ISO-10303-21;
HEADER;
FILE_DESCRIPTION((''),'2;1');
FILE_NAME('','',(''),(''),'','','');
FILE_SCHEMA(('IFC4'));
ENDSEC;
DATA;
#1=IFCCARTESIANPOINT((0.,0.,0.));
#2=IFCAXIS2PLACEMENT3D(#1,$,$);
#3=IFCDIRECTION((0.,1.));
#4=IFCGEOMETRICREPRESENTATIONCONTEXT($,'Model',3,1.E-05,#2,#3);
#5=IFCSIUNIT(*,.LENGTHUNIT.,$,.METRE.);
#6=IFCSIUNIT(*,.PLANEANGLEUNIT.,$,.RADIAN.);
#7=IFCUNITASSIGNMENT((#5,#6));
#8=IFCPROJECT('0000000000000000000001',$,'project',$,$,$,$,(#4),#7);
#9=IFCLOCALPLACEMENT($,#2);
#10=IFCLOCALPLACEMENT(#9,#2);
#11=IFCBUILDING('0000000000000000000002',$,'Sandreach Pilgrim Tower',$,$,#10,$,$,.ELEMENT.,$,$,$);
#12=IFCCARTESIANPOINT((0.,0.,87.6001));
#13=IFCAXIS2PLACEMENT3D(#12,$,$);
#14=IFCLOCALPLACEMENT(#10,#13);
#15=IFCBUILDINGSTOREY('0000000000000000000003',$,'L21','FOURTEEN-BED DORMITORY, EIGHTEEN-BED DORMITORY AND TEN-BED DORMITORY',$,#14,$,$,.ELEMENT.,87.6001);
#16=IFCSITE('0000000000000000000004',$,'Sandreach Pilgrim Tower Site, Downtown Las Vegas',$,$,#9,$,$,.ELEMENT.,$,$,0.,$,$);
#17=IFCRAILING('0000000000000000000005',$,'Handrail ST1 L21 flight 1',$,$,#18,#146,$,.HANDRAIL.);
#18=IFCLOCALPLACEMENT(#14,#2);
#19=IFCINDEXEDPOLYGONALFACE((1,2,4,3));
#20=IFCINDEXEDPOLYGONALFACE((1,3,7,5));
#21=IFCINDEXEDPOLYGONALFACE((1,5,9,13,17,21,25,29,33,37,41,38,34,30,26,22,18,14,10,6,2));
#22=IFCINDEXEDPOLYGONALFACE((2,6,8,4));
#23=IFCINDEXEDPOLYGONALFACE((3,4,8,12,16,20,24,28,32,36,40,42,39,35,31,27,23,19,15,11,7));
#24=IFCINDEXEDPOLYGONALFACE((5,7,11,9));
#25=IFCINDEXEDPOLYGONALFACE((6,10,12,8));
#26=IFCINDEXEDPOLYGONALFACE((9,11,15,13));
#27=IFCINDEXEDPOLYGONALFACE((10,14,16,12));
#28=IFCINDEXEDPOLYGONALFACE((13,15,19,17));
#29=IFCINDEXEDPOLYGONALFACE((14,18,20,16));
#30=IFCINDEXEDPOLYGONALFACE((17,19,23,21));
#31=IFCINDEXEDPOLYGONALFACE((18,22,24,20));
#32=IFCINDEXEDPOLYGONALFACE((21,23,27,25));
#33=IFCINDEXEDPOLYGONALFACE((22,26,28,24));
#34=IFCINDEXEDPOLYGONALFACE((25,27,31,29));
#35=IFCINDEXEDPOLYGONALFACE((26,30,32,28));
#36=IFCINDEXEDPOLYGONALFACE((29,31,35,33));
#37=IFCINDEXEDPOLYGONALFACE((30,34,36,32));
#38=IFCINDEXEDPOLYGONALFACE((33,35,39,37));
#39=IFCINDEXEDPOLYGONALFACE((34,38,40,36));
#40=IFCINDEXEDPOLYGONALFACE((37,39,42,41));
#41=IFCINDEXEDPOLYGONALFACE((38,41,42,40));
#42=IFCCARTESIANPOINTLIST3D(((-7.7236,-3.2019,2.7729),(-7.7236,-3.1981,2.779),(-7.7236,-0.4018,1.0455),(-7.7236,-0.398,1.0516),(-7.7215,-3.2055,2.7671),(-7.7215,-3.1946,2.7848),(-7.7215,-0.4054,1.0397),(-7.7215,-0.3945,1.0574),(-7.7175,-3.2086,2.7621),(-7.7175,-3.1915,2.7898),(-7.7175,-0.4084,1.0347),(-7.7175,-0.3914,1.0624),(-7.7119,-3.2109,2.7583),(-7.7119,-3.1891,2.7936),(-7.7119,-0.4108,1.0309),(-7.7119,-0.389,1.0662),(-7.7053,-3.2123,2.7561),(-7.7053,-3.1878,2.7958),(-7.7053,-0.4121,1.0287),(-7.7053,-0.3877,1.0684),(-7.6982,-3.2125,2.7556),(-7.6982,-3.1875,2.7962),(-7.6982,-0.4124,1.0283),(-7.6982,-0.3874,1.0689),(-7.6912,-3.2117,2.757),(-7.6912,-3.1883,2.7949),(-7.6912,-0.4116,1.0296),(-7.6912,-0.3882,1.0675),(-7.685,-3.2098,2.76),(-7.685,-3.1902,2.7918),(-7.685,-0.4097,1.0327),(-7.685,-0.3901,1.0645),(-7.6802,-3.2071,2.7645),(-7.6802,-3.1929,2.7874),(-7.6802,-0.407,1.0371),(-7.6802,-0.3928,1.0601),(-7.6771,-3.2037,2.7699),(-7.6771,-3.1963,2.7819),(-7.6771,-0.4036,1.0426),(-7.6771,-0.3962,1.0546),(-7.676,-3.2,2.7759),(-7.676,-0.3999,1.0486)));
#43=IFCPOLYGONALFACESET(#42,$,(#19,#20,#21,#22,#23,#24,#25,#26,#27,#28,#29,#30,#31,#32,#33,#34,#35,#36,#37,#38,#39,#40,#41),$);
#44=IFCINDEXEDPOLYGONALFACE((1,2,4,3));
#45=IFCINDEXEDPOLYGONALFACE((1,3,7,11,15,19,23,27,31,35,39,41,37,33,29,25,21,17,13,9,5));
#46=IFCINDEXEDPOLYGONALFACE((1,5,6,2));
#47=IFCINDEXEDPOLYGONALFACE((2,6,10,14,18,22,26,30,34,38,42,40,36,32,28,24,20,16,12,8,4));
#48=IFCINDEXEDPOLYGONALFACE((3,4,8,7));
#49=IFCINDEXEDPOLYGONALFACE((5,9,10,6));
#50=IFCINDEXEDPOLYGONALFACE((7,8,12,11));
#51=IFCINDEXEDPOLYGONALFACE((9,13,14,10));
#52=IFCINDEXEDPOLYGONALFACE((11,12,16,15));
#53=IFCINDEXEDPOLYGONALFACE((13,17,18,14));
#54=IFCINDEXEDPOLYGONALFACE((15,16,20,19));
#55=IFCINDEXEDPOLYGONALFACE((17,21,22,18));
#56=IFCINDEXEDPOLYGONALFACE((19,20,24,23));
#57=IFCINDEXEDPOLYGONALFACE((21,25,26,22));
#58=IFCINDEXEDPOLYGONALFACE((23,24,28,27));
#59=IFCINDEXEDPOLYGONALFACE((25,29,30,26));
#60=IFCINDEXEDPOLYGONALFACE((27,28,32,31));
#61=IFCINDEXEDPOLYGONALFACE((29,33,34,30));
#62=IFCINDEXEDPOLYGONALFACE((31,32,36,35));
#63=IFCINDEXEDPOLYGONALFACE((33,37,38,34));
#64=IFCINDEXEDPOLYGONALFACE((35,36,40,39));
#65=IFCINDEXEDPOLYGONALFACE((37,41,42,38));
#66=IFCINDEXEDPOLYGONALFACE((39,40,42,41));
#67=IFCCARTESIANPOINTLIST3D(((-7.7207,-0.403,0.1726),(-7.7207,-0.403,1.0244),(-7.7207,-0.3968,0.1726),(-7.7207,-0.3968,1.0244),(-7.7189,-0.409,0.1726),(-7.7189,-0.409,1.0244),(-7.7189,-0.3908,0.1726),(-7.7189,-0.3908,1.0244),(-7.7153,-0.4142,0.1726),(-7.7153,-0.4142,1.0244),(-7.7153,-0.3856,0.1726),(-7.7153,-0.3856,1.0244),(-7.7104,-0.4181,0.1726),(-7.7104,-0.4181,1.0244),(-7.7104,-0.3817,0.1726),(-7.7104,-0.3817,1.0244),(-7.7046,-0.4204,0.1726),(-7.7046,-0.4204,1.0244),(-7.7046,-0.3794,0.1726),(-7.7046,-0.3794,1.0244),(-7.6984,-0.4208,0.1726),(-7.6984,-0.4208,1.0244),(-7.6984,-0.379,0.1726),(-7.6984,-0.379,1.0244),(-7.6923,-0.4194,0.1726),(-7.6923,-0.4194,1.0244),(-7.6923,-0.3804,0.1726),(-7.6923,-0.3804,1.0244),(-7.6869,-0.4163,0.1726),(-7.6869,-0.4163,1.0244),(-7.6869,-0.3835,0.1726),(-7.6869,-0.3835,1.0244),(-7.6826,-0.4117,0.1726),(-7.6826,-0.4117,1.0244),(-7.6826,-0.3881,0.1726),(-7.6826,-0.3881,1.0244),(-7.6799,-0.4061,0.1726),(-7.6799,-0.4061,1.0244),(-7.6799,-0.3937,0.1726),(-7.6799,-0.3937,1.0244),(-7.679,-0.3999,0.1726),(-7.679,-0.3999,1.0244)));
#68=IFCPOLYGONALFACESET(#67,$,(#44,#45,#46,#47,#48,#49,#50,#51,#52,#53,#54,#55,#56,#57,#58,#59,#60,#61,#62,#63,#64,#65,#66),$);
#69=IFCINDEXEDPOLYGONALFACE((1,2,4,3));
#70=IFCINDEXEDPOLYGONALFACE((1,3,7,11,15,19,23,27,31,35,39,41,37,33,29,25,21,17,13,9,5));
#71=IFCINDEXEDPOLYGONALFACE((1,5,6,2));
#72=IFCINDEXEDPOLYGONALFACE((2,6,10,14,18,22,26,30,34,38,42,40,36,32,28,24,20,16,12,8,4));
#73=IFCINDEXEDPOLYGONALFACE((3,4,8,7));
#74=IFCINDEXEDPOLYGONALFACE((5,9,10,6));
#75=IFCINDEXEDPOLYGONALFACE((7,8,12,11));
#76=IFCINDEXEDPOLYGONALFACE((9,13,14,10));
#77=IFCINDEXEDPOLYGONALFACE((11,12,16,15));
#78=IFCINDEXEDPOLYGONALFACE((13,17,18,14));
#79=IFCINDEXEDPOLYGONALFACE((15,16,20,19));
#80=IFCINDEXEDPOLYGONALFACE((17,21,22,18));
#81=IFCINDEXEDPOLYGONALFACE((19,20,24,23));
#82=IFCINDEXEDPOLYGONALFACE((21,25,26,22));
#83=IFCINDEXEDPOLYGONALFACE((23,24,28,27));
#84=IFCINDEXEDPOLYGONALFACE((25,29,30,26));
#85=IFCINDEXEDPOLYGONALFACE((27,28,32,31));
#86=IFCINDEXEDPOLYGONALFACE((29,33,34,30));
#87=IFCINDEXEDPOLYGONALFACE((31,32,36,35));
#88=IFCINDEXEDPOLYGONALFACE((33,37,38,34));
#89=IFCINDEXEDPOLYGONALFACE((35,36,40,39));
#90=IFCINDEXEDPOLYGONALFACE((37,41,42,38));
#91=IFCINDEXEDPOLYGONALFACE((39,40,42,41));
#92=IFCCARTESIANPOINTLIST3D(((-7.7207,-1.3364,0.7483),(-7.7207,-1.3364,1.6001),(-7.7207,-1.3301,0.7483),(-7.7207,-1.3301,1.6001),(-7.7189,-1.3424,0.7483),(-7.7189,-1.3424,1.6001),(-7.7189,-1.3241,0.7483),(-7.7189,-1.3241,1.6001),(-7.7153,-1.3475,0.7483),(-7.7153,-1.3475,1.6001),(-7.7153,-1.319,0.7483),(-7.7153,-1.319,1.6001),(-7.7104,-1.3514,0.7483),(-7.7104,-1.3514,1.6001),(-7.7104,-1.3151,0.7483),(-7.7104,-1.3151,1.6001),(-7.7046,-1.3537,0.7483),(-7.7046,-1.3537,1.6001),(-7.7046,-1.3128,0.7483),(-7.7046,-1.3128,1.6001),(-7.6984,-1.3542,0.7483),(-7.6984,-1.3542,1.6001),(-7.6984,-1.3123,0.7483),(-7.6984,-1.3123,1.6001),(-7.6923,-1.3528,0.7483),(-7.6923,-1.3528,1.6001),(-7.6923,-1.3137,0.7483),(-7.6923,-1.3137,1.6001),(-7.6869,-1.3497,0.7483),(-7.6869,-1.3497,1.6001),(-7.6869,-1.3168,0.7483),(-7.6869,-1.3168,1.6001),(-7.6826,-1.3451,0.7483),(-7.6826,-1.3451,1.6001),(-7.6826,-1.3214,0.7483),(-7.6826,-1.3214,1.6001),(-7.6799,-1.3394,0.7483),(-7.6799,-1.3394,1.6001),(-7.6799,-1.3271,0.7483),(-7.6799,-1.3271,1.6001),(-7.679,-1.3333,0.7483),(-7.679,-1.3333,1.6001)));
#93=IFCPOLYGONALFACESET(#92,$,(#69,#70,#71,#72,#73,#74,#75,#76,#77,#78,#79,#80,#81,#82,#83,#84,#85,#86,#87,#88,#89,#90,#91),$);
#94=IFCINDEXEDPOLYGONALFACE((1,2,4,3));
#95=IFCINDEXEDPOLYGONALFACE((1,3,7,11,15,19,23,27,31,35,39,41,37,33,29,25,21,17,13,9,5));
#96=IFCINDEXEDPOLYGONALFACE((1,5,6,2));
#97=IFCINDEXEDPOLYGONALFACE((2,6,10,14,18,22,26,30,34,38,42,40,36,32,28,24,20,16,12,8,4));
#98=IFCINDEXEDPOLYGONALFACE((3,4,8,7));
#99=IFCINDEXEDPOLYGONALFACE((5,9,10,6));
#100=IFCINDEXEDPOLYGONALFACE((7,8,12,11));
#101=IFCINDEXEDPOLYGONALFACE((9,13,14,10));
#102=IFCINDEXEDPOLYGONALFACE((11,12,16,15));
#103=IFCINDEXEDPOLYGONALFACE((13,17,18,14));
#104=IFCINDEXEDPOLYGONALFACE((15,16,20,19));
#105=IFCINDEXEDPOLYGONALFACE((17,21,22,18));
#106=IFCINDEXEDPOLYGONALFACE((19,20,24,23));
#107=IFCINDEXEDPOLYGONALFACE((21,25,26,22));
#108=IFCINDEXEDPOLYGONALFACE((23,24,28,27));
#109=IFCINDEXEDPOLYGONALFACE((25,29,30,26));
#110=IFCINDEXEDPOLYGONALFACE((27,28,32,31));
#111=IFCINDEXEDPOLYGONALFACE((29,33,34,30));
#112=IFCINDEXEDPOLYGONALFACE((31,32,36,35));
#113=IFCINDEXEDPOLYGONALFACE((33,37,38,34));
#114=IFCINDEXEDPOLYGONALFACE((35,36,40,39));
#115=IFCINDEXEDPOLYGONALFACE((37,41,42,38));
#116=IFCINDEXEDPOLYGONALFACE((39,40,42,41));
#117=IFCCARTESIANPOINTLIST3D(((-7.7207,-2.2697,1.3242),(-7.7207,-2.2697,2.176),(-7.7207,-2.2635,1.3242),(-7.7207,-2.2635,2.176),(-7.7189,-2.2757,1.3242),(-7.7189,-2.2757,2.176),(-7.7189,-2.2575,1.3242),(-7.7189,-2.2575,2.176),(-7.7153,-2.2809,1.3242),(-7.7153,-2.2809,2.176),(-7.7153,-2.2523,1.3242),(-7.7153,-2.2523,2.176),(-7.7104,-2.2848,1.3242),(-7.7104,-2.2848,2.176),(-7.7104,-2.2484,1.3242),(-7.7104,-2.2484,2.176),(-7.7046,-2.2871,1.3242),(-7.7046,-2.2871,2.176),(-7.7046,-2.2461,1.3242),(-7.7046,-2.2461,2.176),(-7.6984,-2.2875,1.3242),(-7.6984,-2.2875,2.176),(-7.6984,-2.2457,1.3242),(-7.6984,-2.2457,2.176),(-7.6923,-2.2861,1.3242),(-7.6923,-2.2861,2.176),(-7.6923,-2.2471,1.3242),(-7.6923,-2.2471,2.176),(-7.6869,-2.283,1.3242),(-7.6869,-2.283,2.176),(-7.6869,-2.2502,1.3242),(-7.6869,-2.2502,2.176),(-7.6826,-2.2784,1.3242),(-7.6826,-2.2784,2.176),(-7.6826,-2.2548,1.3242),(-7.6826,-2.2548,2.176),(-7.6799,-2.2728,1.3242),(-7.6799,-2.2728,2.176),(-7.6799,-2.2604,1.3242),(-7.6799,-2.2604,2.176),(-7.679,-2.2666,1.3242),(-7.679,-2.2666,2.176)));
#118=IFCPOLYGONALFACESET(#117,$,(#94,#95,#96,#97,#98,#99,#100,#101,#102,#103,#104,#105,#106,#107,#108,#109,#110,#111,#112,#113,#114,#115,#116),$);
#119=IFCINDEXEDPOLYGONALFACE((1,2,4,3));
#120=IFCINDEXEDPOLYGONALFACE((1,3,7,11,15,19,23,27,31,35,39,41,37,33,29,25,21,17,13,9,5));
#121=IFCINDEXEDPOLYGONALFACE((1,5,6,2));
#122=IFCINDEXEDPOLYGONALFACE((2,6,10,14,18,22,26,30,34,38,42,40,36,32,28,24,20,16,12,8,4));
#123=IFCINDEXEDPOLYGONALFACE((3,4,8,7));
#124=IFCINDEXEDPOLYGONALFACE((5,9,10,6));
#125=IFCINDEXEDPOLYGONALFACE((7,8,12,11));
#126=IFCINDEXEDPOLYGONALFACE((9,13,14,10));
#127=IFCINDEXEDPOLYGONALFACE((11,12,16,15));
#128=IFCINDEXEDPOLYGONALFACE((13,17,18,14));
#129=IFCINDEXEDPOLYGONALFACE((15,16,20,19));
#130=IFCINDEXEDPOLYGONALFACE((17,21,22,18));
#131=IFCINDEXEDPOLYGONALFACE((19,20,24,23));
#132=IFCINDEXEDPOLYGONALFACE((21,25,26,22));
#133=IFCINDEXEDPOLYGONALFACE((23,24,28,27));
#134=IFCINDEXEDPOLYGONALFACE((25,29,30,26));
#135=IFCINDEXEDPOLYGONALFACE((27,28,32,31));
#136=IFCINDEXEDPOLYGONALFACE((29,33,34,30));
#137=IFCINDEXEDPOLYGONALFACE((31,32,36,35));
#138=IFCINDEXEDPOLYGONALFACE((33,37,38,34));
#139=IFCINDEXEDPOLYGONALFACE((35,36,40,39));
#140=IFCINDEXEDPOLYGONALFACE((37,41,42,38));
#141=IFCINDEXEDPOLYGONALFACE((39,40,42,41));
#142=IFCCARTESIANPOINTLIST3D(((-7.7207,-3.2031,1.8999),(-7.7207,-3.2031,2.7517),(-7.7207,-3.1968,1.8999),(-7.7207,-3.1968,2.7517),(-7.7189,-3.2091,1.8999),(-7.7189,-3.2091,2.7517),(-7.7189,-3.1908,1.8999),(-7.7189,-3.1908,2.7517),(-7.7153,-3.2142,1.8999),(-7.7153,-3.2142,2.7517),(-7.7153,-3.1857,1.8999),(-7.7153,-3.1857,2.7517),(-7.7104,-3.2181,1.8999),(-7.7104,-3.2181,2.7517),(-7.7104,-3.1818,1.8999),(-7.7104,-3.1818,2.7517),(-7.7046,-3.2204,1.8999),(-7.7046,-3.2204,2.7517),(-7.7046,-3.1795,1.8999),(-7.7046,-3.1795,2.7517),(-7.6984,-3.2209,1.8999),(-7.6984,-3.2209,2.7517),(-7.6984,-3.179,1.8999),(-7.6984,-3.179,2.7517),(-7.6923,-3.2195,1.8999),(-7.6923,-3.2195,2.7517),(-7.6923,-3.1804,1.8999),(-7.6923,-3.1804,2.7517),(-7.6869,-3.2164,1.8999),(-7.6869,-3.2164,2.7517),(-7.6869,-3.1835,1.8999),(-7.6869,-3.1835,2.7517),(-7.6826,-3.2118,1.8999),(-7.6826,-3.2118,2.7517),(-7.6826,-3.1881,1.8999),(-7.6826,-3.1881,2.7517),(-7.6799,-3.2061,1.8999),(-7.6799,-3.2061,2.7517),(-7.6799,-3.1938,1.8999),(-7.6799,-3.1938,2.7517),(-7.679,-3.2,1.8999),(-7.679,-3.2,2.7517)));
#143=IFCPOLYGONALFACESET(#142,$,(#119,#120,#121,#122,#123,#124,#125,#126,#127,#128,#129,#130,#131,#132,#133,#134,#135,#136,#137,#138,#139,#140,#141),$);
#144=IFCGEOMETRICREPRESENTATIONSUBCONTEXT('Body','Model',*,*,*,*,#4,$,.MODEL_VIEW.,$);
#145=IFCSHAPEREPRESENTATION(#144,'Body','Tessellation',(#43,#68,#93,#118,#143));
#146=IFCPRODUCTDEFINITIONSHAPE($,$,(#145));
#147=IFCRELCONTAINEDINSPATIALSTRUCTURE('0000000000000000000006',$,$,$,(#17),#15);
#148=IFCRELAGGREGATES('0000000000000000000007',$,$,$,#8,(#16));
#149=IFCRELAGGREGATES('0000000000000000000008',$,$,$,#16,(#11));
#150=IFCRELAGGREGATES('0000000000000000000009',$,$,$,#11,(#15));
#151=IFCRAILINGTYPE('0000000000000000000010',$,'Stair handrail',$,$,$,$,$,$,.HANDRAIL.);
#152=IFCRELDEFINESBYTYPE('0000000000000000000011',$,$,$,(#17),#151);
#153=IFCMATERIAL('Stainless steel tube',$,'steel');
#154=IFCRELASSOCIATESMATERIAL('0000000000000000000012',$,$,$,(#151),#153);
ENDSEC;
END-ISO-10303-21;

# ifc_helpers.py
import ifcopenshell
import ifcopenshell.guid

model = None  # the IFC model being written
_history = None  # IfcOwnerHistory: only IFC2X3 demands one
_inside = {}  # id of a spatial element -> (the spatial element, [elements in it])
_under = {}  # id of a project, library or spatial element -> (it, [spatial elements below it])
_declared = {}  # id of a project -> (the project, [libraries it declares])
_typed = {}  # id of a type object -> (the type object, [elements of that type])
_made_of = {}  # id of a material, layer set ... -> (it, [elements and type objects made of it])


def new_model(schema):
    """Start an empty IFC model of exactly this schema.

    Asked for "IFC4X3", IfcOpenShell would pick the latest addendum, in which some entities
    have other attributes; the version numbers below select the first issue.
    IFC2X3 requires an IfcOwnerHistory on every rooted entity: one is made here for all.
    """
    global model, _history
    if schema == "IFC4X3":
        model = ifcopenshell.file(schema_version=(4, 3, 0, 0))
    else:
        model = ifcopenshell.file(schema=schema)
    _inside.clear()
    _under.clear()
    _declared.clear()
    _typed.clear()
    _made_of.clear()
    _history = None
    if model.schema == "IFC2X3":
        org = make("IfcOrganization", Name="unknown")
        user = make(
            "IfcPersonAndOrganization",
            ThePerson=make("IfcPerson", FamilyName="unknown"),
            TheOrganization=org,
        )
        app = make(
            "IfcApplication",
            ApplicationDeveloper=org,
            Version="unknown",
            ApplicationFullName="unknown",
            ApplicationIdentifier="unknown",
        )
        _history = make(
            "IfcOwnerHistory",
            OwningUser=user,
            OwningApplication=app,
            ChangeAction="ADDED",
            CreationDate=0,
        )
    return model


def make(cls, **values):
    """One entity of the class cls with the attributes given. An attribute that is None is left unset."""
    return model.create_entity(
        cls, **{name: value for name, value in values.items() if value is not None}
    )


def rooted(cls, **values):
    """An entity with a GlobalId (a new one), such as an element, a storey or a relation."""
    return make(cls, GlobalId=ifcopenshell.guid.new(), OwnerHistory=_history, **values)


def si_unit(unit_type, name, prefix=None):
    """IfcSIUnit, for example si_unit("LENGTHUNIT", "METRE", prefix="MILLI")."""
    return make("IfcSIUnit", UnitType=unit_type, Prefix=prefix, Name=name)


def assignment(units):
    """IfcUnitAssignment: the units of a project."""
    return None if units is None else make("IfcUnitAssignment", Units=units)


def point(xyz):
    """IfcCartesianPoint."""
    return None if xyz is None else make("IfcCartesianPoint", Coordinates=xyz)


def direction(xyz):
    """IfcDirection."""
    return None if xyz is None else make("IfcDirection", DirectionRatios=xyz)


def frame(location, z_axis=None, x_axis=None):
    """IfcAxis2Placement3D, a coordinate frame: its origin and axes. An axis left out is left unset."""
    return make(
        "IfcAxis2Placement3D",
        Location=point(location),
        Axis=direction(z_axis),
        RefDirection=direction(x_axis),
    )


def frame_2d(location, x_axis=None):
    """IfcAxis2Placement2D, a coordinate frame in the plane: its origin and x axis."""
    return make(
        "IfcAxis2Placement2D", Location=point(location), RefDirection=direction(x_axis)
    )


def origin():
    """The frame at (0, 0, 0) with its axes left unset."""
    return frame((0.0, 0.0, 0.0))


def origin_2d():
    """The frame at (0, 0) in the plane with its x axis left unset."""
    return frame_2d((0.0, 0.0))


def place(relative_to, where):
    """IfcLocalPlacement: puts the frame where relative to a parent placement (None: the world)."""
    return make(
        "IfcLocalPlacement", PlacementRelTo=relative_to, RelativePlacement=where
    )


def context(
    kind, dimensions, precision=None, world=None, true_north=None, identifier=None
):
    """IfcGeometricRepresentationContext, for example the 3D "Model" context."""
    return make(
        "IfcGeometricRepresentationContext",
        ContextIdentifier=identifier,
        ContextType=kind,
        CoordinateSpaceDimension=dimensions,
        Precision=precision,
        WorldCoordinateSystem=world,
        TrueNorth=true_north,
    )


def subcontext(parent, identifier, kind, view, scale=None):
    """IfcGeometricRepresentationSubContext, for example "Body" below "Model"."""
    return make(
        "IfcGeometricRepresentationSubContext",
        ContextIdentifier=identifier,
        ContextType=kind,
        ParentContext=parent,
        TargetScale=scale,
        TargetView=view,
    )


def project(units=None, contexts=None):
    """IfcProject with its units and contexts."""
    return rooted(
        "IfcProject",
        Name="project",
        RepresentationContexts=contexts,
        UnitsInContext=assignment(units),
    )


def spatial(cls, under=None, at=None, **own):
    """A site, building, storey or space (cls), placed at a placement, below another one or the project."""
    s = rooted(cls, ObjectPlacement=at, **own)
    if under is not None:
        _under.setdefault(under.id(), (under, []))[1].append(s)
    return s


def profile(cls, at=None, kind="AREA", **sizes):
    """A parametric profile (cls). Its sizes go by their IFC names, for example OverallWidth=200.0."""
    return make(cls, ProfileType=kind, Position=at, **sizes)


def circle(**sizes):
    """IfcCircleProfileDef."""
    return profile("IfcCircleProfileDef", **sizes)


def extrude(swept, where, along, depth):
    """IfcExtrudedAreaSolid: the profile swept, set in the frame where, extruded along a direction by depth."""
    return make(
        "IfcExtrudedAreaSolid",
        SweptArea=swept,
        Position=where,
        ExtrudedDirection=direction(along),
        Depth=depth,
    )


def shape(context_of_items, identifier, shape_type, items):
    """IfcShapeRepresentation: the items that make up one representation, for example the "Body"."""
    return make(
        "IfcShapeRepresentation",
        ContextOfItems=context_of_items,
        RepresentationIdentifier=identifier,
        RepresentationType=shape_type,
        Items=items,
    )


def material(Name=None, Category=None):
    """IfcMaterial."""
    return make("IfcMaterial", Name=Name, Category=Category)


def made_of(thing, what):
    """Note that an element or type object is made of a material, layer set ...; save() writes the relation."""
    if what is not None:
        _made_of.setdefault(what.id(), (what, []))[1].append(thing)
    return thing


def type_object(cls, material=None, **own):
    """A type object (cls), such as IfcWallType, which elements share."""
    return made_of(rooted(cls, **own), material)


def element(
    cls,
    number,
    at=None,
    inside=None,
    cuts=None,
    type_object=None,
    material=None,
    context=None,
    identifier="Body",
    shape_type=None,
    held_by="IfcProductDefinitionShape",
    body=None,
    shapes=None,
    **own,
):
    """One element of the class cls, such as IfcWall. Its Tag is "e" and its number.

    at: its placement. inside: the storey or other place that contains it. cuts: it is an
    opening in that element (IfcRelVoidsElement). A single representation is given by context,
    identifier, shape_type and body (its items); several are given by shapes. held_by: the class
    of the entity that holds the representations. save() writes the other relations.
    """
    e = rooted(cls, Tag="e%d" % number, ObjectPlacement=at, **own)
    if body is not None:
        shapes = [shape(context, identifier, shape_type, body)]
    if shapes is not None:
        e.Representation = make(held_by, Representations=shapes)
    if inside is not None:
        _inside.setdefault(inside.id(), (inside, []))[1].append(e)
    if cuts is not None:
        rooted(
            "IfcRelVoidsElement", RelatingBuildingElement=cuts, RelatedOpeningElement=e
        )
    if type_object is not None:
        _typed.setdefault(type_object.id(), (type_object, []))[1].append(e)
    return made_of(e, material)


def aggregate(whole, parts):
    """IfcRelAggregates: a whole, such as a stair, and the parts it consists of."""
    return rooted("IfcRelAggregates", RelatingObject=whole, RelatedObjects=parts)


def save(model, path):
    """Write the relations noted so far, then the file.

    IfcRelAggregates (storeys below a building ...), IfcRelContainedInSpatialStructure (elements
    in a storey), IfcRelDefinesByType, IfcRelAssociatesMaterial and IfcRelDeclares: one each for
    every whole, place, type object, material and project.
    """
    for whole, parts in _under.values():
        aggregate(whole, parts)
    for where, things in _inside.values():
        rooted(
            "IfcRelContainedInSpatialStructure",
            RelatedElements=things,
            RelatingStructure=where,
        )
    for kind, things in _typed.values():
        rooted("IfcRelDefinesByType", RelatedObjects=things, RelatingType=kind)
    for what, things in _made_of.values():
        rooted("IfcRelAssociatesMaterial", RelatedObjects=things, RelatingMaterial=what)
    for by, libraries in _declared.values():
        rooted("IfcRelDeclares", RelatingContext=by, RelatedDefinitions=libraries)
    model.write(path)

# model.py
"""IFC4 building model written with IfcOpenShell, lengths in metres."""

from ifc_helpers import new_model, si_unit, direction, frame, origin, origin_2d, place, context, subcontext, project, spatial, circle, extrude, material, type_object, element, save


model = new_model("IFC4")

# Units and contexts
model_context = context("Model", 3, precision=1e-05, world=origin(), true_north=direction((0.0, 1.0)))
body_context = subcontext(model_context, "Body", "Model", "MODEL_VIEW")
ifc_project = project(units=[si_unit("LENGTHUNIT", "METRE"), si_unit("PLANEANGLEUNIT", "RADIAN")], contexts=[model_context])

# Site, building, storey
site_placement = place(None, origin())
site = spatial("IfcSite", under=ifc_project, at=site_placement, Name="Sandreach Pilgrim Tower Site, Downtown Las Vegas", CompositionType="ELEMENT", RefElevation=0.0)
building_placement = place(site_placement, origin())
building = spatial("IfcBuilding", under=site, at=building_placement, Name="Sandreach Pilgrim Tower", CompositionType="ELEMENT")
storey_placement = place(building_placement, frame((0.0, 0.0, 87.6001)))
storey = spatial("IfcBuildingStorey", under=building, at=storey_placement, Name="L21", Description="FOURTEEN-BED DORMITORY, EIGHTEEN-BED DORMITORY AND TEN-BED DORMITORY", CompositionType="ELEMENT", Elevation=87.6001)

# Railing
ifc_material_1 = material(Name="Stainless steel tube", Category="steel")
railing_type = type_object("IfcRailingType", Name="Stair handrail", PredefinedType="HANDRAIL", material=ifc_material_1)
for number, where, name in (
    (1, (-7.7, -0.3999, 0.1726), "Handrail ST1 L21 flight 1"),
):
    element("IfcRailing", number, at=place(storey_placement, frame(where)), inside=storey, type_object=railing_type, Name=name, PredefinedType="HANDRAIL", context=body_context, shape_type="SweptSolid", body=[
        extrude(circle(Radius=0.0239, at=origin_2d()), frame((0.0, 0.0, 0.876), z_axis=(0.0, -0.85109, 0.52502), x_axis=(1.0, 0.0, 0.0)), (0.0, 0.0, 1.0), 3.29),
        extrude(circle(Radius=0.021, at=origin_2d()), origin(), (0.0, 0.0, 1.0), 0.8518),
        extrude(circle(Radius=0.021, at=origin_2d()), frame((0.0, -0.9333, 0.5757)), (0.0, 0.0, 1.0), 0.8518),
        extrude(circle(Radius=0.021, at=origin_2d()), frame((0.0, -1.8667, 1.1516)), (0.0, 0.0, 1.0), 0.8518),
        extrude(circle(Radius=0.021, at=origin_2d()), frame((0.0, -2.8, 1.7273)), (0.0, 0.0, 1.0), 0.8518),
    ])

save(model, "model.ifc")
